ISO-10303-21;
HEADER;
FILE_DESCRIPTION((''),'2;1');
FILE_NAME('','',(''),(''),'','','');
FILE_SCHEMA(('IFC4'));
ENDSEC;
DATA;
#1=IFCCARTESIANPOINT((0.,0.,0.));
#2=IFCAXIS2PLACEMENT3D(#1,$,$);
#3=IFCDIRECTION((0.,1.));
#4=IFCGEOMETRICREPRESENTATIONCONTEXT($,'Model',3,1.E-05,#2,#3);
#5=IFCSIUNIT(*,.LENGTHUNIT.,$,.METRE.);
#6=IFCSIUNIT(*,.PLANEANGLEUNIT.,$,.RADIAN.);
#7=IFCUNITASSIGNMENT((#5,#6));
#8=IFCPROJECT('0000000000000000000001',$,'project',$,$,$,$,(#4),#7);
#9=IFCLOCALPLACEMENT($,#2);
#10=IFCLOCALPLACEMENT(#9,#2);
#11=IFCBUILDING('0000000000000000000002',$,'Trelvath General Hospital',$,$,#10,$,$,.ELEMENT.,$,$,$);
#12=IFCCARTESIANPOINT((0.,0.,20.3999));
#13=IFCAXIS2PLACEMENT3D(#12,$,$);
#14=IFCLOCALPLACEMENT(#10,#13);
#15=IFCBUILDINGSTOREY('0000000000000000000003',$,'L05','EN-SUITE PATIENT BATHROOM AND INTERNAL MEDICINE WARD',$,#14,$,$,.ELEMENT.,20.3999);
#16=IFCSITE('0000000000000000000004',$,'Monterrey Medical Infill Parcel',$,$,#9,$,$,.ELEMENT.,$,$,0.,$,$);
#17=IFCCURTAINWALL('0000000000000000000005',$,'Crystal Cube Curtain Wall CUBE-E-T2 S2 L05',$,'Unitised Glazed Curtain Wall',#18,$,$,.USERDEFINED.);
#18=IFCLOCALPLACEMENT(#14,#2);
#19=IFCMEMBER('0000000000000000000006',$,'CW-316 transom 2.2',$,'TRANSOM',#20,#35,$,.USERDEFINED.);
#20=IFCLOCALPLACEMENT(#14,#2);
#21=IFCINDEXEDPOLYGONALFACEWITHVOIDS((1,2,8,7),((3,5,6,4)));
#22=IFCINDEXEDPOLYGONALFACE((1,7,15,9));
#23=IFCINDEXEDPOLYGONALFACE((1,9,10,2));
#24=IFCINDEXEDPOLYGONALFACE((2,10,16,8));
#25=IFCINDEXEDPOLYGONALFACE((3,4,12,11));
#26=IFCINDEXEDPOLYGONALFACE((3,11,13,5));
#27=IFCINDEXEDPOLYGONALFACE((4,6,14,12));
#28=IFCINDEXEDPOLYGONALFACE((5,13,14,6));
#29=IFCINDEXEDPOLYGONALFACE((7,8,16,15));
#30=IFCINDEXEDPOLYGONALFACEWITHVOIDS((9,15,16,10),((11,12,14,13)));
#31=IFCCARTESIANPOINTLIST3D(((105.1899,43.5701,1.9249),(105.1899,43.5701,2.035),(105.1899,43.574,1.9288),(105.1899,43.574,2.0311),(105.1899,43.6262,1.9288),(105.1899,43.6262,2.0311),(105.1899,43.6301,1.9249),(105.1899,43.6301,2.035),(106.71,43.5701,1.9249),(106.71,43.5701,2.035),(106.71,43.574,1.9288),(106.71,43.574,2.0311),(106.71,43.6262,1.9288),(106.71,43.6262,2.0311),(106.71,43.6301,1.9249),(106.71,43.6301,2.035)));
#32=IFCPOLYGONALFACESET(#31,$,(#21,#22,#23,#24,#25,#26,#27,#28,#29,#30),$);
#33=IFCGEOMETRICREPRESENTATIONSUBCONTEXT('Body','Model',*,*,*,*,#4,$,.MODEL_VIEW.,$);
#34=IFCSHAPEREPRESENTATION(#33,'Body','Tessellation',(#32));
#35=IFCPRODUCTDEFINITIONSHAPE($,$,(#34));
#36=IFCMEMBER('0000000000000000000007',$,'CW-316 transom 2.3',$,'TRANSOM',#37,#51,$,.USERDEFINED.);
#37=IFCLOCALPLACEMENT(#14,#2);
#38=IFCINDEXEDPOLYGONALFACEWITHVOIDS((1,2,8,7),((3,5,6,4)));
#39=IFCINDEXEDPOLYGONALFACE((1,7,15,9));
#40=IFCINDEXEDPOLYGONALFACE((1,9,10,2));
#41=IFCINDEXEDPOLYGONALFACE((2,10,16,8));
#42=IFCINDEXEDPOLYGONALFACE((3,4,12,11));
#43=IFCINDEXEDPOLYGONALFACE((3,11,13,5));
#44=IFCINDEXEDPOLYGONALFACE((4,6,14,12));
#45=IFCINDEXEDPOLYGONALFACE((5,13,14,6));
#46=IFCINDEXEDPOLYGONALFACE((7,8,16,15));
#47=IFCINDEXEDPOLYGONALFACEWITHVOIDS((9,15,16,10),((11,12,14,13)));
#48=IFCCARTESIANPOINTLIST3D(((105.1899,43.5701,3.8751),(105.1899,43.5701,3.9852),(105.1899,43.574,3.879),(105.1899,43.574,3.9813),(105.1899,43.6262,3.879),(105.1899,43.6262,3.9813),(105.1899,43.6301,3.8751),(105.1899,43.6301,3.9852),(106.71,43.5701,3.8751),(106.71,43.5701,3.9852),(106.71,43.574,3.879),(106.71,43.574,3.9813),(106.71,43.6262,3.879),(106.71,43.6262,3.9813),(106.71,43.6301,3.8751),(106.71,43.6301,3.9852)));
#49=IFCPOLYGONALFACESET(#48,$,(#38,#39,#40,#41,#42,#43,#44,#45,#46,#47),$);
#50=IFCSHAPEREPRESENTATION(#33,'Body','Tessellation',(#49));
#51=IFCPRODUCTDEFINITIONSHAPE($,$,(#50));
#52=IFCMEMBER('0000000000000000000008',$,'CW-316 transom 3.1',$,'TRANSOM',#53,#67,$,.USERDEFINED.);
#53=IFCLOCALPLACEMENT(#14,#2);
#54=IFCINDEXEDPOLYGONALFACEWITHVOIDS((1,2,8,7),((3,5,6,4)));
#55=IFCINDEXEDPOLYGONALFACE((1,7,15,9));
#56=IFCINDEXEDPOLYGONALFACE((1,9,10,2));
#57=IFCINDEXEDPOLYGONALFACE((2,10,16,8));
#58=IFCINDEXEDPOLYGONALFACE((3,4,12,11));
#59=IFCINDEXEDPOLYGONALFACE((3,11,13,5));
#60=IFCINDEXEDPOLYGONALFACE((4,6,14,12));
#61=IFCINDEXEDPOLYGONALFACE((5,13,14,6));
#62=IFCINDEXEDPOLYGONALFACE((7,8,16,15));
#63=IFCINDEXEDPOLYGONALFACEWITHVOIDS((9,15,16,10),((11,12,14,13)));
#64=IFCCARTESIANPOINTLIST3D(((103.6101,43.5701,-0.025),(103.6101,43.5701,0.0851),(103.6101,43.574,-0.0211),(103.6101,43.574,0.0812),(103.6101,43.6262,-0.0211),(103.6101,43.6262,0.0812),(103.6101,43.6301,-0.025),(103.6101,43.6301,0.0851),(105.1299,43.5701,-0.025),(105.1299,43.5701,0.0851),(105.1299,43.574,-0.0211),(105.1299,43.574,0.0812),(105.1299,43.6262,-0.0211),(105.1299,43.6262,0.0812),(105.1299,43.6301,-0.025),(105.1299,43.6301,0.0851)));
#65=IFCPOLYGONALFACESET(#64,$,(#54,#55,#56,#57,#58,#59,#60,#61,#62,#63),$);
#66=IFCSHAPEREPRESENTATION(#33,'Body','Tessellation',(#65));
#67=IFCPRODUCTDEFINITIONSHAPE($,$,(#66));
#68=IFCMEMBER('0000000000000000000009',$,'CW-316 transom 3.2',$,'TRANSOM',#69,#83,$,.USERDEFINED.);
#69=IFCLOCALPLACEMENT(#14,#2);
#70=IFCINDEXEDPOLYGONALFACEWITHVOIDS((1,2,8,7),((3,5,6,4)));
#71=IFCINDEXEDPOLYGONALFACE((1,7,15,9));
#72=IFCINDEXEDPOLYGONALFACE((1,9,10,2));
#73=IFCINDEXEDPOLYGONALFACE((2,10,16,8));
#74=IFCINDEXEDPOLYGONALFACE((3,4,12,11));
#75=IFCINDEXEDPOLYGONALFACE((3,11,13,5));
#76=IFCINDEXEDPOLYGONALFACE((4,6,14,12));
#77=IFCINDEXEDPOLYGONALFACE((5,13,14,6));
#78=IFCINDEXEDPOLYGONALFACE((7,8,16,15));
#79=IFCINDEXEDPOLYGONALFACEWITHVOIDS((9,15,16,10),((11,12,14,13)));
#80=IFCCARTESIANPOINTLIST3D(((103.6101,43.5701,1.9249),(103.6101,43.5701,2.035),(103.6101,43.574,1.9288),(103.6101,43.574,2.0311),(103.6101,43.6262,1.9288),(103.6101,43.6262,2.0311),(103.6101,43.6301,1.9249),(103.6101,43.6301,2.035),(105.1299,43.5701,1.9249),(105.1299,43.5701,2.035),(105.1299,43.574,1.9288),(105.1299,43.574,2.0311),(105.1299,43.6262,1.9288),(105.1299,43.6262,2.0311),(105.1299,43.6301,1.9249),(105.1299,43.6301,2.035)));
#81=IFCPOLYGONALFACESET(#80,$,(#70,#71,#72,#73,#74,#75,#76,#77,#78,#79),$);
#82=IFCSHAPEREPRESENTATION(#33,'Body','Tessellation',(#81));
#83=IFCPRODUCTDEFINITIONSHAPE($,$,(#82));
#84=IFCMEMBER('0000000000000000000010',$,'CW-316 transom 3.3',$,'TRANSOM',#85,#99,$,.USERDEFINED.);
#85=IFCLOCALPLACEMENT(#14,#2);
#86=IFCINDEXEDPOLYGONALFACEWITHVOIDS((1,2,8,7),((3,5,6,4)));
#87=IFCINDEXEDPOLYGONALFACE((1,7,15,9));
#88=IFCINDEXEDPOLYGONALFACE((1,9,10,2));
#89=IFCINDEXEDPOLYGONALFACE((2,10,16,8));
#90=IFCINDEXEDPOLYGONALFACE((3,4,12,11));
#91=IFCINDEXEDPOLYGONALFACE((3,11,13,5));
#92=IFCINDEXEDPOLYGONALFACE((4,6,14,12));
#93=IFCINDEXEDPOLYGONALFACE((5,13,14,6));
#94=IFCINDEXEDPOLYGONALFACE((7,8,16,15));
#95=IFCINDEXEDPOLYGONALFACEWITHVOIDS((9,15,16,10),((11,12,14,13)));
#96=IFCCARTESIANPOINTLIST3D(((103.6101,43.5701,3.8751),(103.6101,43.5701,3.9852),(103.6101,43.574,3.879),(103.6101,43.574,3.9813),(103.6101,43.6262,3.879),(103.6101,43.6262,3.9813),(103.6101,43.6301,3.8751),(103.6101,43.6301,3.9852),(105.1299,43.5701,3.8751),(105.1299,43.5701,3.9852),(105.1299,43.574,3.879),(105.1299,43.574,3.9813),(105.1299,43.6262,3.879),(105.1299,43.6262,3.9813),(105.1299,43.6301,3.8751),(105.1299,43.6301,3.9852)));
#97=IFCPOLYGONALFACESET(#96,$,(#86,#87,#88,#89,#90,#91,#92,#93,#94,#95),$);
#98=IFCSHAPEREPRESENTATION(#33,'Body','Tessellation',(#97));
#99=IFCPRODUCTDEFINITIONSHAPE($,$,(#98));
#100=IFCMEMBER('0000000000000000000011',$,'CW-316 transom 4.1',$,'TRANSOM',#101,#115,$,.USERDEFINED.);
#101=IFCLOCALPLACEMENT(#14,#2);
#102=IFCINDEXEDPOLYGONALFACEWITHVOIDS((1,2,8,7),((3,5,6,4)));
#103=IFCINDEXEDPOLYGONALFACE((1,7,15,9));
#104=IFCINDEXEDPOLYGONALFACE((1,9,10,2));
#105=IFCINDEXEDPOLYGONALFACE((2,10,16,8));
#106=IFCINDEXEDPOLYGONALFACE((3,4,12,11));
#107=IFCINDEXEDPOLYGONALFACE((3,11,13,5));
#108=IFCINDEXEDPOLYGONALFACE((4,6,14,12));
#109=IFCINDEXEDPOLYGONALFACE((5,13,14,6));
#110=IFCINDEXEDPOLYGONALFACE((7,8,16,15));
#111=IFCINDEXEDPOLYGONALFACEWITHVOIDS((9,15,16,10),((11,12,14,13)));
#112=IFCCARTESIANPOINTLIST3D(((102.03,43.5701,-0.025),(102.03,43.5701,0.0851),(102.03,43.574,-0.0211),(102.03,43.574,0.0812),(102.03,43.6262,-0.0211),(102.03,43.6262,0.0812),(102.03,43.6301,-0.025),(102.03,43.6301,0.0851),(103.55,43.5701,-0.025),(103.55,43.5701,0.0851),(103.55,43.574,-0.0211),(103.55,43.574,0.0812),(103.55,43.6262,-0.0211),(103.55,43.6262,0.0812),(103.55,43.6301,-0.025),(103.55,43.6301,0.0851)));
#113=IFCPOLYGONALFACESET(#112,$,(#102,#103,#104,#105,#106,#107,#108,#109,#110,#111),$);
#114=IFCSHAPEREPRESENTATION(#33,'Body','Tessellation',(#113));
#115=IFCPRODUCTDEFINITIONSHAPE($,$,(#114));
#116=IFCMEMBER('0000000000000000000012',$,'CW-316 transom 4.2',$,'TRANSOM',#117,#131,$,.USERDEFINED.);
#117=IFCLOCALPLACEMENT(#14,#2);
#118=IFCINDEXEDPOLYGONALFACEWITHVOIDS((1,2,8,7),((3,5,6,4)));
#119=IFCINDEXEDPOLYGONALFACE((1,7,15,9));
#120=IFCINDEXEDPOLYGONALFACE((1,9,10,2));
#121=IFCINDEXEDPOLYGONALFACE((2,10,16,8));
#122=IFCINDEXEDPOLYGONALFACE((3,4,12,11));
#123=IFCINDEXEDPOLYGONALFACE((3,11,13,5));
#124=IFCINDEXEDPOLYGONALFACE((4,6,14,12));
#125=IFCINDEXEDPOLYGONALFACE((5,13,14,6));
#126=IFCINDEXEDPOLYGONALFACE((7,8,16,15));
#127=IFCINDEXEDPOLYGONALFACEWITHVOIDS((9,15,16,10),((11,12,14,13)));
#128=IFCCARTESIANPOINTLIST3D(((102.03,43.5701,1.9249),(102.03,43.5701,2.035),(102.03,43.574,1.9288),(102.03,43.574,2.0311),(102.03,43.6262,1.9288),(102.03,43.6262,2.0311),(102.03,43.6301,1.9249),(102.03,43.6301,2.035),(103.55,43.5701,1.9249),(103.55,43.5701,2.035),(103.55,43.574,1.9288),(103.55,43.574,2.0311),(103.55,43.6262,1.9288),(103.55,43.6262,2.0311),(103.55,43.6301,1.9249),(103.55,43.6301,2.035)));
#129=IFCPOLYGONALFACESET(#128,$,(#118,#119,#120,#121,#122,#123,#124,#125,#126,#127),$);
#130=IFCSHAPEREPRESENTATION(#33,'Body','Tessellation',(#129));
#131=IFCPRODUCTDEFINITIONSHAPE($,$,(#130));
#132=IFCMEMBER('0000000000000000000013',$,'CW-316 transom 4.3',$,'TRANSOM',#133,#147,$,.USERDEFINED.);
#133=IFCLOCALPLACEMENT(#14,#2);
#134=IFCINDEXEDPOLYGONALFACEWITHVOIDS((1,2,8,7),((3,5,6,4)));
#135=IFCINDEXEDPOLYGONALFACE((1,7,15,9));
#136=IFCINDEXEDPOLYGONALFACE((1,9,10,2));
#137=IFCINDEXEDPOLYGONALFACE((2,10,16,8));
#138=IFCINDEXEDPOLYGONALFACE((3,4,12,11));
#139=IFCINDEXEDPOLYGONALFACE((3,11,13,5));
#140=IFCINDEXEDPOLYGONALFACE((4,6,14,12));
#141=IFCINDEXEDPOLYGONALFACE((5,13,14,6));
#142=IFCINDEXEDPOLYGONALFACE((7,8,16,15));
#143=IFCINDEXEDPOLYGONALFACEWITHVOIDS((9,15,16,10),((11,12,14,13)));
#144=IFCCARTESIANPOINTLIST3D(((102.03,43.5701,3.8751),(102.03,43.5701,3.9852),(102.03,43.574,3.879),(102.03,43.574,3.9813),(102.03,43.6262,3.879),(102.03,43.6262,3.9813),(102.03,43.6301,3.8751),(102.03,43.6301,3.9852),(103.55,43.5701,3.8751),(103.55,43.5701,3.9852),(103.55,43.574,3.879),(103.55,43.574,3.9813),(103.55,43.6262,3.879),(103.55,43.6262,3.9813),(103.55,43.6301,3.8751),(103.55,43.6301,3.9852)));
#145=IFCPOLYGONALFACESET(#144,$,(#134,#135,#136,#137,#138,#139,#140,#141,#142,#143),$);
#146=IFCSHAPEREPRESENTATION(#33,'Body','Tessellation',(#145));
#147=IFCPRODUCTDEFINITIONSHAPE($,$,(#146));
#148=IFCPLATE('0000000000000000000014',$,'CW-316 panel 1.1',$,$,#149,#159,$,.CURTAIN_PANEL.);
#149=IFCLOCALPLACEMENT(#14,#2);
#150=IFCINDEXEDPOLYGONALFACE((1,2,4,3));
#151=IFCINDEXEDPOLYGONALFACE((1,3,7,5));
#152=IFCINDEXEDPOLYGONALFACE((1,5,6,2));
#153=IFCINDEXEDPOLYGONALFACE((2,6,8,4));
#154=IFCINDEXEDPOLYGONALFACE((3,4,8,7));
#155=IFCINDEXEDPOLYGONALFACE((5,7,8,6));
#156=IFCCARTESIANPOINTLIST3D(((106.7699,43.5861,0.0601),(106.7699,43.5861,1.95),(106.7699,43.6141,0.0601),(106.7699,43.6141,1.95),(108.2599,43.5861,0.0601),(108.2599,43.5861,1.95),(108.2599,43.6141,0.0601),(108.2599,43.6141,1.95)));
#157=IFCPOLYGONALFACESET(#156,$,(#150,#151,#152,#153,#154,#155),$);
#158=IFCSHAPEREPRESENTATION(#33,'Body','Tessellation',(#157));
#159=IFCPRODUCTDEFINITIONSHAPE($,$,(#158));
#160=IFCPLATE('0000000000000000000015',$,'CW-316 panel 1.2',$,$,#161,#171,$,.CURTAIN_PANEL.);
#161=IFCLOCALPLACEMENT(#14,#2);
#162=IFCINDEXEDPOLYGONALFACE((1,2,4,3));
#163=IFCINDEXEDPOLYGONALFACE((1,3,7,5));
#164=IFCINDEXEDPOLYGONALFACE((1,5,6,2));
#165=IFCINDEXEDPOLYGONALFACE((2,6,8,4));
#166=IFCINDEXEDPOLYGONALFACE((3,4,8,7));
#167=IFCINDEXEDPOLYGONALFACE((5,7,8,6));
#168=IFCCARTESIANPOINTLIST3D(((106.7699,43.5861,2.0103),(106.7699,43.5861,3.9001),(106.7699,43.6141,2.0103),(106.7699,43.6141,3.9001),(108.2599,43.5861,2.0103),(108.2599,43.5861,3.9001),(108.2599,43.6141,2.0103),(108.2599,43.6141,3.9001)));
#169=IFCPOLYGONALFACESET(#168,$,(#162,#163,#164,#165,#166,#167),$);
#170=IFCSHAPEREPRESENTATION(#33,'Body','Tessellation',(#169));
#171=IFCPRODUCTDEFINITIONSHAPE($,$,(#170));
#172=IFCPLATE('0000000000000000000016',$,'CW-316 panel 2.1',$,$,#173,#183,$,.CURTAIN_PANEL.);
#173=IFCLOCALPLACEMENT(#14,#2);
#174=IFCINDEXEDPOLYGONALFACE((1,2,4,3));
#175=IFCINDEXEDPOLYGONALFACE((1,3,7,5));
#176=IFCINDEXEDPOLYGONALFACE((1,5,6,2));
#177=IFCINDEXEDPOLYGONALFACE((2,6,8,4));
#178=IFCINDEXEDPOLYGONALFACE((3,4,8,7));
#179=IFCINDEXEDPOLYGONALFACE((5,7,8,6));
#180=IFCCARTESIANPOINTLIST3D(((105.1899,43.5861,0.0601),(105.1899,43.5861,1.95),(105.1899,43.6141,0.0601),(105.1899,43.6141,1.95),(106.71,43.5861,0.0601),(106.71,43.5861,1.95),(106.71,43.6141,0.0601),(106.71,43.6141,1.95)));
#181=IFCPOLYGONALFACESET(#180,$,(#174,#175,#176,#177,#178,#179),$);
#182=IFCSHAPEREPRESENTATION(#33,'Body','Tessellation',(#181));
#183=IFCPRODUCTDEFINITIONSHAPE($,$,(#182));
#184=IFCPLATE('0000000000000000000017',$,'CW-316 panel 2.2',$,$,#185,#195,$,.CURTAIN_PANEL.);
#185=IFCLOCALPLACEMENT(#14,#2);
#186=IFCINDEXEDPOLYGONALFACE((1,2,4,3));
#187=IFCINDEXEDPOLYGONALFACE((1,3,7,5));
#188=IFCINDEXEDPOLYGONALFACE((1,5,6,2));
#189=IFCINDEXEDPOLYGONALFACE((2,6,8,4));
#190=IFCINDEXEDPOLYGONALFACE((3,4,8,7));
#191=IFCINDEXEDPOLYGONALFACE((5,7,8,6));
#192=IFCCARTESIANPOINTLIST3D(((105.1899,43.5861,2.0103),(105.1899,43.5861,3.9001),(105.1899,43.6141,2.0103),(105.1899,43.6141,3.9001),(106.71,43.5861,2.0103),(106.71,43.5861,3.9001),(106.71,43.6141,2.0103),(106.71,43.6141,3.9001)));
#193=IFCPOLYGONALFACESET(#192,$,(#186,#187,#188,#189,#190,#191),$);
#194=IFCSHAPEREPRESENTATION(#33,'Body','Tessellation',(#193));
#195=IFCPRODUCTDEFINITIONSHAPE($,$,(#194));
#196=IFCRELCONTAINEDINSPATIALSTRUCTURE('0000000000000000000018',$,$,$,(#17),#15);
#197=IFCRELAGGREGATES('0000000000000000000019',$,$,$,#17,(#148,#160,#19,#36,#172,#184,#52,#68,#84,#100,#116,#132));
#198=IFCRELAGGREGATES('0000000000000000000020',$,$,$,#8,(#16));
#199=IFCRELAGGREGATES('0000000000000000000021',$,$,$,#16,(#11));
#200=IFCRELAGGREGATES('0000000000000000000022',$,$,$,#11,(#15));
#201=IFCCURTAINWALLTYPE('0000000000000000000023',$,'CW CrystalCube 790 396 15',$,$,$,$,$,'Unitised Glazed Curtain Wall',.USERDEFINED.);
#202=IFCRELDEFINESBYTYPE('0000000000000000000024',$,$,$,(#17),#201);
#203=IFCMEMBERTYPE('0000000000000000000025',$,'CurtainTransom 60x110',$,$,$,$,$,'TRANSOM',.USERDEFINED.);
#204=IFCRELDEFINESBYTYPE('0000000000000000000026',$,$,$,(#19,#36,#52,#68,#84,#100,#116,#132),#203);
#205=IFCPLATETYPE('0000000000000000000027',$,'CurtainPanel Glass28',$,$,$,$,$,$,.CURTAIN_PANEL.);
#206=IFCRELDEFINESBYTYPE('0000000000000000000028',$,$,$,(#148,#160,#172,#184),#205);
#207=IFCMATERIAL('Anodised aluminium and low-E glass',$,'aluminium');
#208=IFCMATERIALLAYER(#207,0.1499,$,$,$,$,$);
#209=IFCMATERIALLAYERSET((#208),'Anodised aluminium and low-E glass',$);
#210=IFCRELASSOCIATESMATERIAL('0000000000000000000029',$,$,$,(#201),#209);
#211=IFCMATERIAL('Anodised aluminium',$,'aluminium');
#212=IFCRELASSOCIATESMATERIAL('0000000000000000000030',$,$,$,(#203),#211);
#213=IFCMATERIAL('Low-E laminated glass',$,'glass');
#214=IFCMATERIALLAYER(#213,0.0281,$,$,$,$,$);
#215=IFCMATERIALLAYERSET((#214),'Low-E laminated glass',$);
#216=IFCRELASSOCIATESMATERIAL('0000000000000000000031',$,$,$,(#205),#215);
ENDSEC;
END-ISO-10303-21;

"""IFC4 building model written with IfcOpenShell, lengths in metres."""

from ifc_helpers import new_model, si_unit, direction, frame, origin, origin_2d, place, context, subcontext, project, spatial, rectangle, hollow_rectangle, extrude, material, layer, layer_set, material_profile, profile_set, type_object, element, aggregate, save


model = new_model("IFC4")

# Units and contexts
model_context = context("Model", 3, precision=1e-05, world=origin(), true_north=direction((0.0, 1.0)))
body_context = subcontext(model_context, "Body", "Model", "MODEL_VIEW")
ifc_project = project(units=[si_unit("LENGTHUNIT", "METRE"), si_unit("PLANEANGLEUNIT", "RADIAN")], contexts=[model_context])

# Site, building, storey
site_placement = place(None, origin())
site = spatial("IfcSite", under=ifc_project, at=site_placement, Name="Monterrey Medical Infill Parcel", CompositionType="ELEMENT", RefElevation=0.0)
building_placement = place(site_placement, origin())
building = spatial("IfcBuilding", under=site, at=building_placement, Name="Trelvath General Hospital", CompositionType="ELEMENT")
storey_placement = place(building_placement, frame((0.0, 0.0, 20.3999)))
storey = spatial("IfcBuildingStorey", under=building, at=storey_placement, Name="L05", Description="EN-SUITE PATIENT BATHROOM AND INTERNAL MEDICINE WARD", CompositionType="ELEMENT", Elevation=20.3999)

# Curtain wall
ifc_material_1 = material(Name="Anodised aluminium and low-E glass", Category="aluminium")
ifc_layer_1 = layer(ifc_material_1, 0.1499)
ifc_layer_set_1 = layer_set([ifc_layer_1], Name="Anodised aluminium and low-E glass")
curtain_wall_type_1 = type_object("IfcCurtainWallType", Name="CW CrystalCube 790 396 15", ElementType="Unitised Glazed Curtain Wall", PredefinedType="USERDEFINED", material=ifc_layer_set_1)
curtain_wall_1_placement = place(storey_placement, origin())
curtain_wall_1 = element("IfcCurtainWall", 1, at=curtain_wall_1_placement, inside=storey, type_object=curtain_wall_type_1, Name="Crystal Cube Curtain Wall CUBE-E-T2 S2 L05", ObjectType="Unitised Glazed Curtain Wall", PredefinedType="USERDEFINED")

# Members
ifc_material_2 = material(Name="Anodised aluminium", Category="aluminium")
ifc_material_profile_1 = material_profile(ifc_material_2, hollow_rectangle(XDim=0.0601, YDim=0.1101, WallThickness=0.0039, at=origin_2d()), Name="RHS60x110x4")
ifc_profile_set_1 = profile_set([ifc_material_profile_1], Name="Anodised aluminium")
member_type_1 = type_object("IfcMemberType", Name="CurtainTransom 60x110", ElementType="TRANSOM", PredefinedType="USERDEFINED", material=ifc_profile_set_1)
member_1_placement = place(storey_placement, frame((106.71, 43.6001, 1.98), z_axis=(-1.0, 0.0, 0.0), x_axis=(0.0, -1.0, 0.0)))
member_1 = element("IfcMember", 2, at=member_1_placement, type_object=member_type_1, Name="CW-316 transom 2.2", ObjectType="TRANSOM", PredefinedType="USERDEFINED", context=body_context, shape_type="SweptSolid", body=[
    extrude(hollow_rectangle(XDim=0.0601, YDim=0.1101, WallThickness=0.0039, at=origin_2d()), origin(), (0.0, 0.0, 1.0), 1.52),
])
member_2_placement = place(storey_placement, frame((106.71, 43.6001, 3.9302), z_axis=(-1.0, 0.0, 0.0), x_axis=(0.0, -1.0, 0.0)))
member_2 = element("IfcMember", 3, at=member_2_placement, type_object=member_type_1, Name="CW-316 transom 2.3", ObjectType="TRANSOM", PredefinedType="USERDEFINED", context=body_context, shape_type="SweptSolid", body=[
    extrude(hollow_rectangle(XDim=0.0601, YDim=0.1101, WallThickness=0.0039, at=origin_2d()), origin(), (0.0, 0.0, 1.0), 1.52),
])
member_3_placement = place(storey_placement, frame((105.1299, 43.6001, 0.03), z_axis=(-1.0, 0.0, 0.0), x_axis=(0.0, -1.0, 0.0)))
member_3 = element("IfcMember", 4, at=member_3_placement, type_object=member_type_1, Name="CW-316 transom 3.1", ObjectType="TRANSOM", PredefinedType="USERDEFINED", context=body_context, shape_type="SweptSolid", body=[
    extrude(hollow_rectangle(XDim=0.0601, YDim=0.1101, WallThickness=0.0039, at=origin_2d()), origin(), (0.0, 0.0, 1.0), 1.5198),
])
member_4_placement = place(storey_placement, frame((105.1299, 43.6001, 1.98), z_axis=(-1.0, 0.0, 0.0), x_axis=(0.0, -1.0, 0.0)))
member_4 = element("IfcMember", 5, at=member_4_placement, type_object=member_type_1, Name="CW-316 transom 3.2", ObjectType="TRANSOM", PredefinedType="USERDEFINED", context=body_context, shape_type="SweptSolid", body=[
    extrude(hollow_rectangle(XDim=0.0601, YDim=0.1101, WallThickness=0.0039, at=origin_2d()), origin(), (0.0, 0.0, 1.0), 1.5198),
])
member_5_placement = place(storey_placement, frame((105.1299, 43.6001, 3.9302), z_axis=(-1.0, 0.0, 0.0), x_axis=(0.0, -1.0, 0.0)))
member_5 = element("IfcMember", 6, at=member_5_placement, type_object=member_type_1, Name="CW-316 transom 3.3", ObjectType="TRANSOM", PredefinedType="USERDEFINED", context=body_context, shape_type="SweptSolid", body=[
    extrude(hollow_rectangle(XDim=0.0601, YDim=0.1101, WallThickness=0.0039, at=origin_2d()), origin(), (0.0, 0.0, 1.0), 1.5198),
])
member_6_placement = place(storey_placement, frame((103.55, 43.6001, 0.03), z_axis=(-1.0, 0.0, 0.0), x_axis=(0.0, -1.0, 0.0)))
member_6 = element("IfcMember", 7, at=member_6_placement, type_object=member_type_1, Name="CW-316 transom 4.1", ObjectType="TRANSOM", PredefinedType="USERDEFINED", context=body_context, shape_type="SweptSolid", body=[
    extrude(hollow_rectangle(XDim=0.0601, YDim=0.1101, WallThickness=0.0039, at=origin_2d()), origin(), (0.0, 0.0, 1.0), 1.52),
])
member_7_placement = place(storey_placement, frame((103.55, 43.6001, 1.98), z_axis=(-1.0, 0.0, 0.0), x_axis=(0.0, -1.0, 0.0)))
member_7 = element("IfcMember", 8, at=member_7_placement, type_object=member_type_1, Name="CW-316 transom 4.2", ObjectType="TRANSOM", PredefinedType="USERDEFINED", context=body_context, shape_type="SweptSolid", body=[
    extrude(hollow_rectangle(XDim=0.0601, YDim=0.1101, WallThickness=0.0039, at=origin_2d()), origin(), (0.0, 0.0, 1.0), 1.52),
])
member_8_placement = place(storey_placement, frame((103.55, 43.6001, 3.9302), z_axis=(-1.0, 0.0, 0.0), x_axis=(0.0, -1.0, 0.0)))
member_8 = element("IfcMember", 9, at=member_8_placement, type_object=member_type_1, Name="CW-316 transom 4.3", ObjectType="TRANSOM", PredefinedType="USERDEFINED", context=body_context, shape_type="SweptSolid", body=[
    extrude(hollow_rectangle(XDim=0.0601, YDim=0.1101, WallThickness=0.0039, at=origin_2d()), origin(), (0.0, 0.0, 1.0), 1.52),
])

# Plates
ifc_material_3 = material(Name="Low-E laminated glass", Category="glass")
ifc_layer_2 = layer(ifc_material_3, 0.0281)
ifc_layer_set_2 = layer_set([ifc_layer_2], Name="Low-E laminated glass")
plate_type = type_object("IfcPlateType", Name="CurtainPanel Glass28", PredefinedType="CURTAIN_PANEL", material=ifc_layer_set_2)
plate_1_placement = place(storey_placement, frame((107.5149, 43.6001, 0.0601), z_axis=(0.0, 0.0, 1.0), x_axis=(-1.0, 0.0, 0.0)))
plate_1 = element("IfcPlate", 10, at=plate_1_placement, type_object=plate_type, Name="CW-316 panel 1.1", PredefinedType="CURTAIN_PANEL", context=body_context, shape_type="SweptSolid", body=[
    extrude(rectangle(XDim=1.49, YDim=0.0281, at=origin_2d()), origin(), (0.0, 0.0, 1.0), 1.8899),
])
plate_2_placement = place(storey_placement, frame((107.5149, 43.6001, 2.0103), z_axis=(0.0, 0.0, 1.0), x_axis=(-1.0, 0.0, 0.0)))
plate_2 = element("IfcPlate", 11, at=plate_2_placement, type_object=plate_type, Name="CW-316 panel 1.2", PredefinedType="CURTAIN_PANEL", context=body_context, shape_type="SweptSolid", body=[
    extrude(rectangle(XDim=1.49, YDim=0.0281, at=origin_2d()), origin(), (0.0, 0.0, 1.0), 1.8899),
])
plate_3_placement = place(storey_placement, frame((105.95, 43.6001, 0.0601), z_axis=(0.0, 0.0, 1.0), x_axis=(-1.0, 0.0, 0.0)))
plate_3 = element("IfcPlate", 12, at=plate_3_placement, type_object=plate_type, Name="CW-316 panel 2.1", PredefinedType="CURTAIN_PANEL", context=body_context, shape_type="SweptSolid", body=[
    extrude(rectangle(XDim=1.52, YDim=0.0281, at=origin_2d()), origin(), (0.0, 0.0, 1.0), 1.8899),
])
plate_4_placement = place(storey_placement, frame((105.95, 43.6001, 2.0103), z_axis=(0.0, 0.0, 1.0), x_axis=(-1.0, 0.0, 0.0)))
plate_4 = element("IfcPlate", 13, at=plate_4_placement, type_object=plate_type, Name="CW-316 panel 2.2", PredefinedType="CURTAIN_PANEL", context=body_context, shape_type="SweptSolid", body=[
    extrude(rectangle(XDim=1.52, YDim=0.0281, at=origin_2d()), origin(), (0.0, 0.0, 1.0), 1.8899),
])
aggregate(curtain_wall_1, [plate_1, plate_2, member_1, member_2, plate_3, plate_4, member_3, member_4, member_5, member_6, member_7, member_8])

save(model, "model.ifc")
